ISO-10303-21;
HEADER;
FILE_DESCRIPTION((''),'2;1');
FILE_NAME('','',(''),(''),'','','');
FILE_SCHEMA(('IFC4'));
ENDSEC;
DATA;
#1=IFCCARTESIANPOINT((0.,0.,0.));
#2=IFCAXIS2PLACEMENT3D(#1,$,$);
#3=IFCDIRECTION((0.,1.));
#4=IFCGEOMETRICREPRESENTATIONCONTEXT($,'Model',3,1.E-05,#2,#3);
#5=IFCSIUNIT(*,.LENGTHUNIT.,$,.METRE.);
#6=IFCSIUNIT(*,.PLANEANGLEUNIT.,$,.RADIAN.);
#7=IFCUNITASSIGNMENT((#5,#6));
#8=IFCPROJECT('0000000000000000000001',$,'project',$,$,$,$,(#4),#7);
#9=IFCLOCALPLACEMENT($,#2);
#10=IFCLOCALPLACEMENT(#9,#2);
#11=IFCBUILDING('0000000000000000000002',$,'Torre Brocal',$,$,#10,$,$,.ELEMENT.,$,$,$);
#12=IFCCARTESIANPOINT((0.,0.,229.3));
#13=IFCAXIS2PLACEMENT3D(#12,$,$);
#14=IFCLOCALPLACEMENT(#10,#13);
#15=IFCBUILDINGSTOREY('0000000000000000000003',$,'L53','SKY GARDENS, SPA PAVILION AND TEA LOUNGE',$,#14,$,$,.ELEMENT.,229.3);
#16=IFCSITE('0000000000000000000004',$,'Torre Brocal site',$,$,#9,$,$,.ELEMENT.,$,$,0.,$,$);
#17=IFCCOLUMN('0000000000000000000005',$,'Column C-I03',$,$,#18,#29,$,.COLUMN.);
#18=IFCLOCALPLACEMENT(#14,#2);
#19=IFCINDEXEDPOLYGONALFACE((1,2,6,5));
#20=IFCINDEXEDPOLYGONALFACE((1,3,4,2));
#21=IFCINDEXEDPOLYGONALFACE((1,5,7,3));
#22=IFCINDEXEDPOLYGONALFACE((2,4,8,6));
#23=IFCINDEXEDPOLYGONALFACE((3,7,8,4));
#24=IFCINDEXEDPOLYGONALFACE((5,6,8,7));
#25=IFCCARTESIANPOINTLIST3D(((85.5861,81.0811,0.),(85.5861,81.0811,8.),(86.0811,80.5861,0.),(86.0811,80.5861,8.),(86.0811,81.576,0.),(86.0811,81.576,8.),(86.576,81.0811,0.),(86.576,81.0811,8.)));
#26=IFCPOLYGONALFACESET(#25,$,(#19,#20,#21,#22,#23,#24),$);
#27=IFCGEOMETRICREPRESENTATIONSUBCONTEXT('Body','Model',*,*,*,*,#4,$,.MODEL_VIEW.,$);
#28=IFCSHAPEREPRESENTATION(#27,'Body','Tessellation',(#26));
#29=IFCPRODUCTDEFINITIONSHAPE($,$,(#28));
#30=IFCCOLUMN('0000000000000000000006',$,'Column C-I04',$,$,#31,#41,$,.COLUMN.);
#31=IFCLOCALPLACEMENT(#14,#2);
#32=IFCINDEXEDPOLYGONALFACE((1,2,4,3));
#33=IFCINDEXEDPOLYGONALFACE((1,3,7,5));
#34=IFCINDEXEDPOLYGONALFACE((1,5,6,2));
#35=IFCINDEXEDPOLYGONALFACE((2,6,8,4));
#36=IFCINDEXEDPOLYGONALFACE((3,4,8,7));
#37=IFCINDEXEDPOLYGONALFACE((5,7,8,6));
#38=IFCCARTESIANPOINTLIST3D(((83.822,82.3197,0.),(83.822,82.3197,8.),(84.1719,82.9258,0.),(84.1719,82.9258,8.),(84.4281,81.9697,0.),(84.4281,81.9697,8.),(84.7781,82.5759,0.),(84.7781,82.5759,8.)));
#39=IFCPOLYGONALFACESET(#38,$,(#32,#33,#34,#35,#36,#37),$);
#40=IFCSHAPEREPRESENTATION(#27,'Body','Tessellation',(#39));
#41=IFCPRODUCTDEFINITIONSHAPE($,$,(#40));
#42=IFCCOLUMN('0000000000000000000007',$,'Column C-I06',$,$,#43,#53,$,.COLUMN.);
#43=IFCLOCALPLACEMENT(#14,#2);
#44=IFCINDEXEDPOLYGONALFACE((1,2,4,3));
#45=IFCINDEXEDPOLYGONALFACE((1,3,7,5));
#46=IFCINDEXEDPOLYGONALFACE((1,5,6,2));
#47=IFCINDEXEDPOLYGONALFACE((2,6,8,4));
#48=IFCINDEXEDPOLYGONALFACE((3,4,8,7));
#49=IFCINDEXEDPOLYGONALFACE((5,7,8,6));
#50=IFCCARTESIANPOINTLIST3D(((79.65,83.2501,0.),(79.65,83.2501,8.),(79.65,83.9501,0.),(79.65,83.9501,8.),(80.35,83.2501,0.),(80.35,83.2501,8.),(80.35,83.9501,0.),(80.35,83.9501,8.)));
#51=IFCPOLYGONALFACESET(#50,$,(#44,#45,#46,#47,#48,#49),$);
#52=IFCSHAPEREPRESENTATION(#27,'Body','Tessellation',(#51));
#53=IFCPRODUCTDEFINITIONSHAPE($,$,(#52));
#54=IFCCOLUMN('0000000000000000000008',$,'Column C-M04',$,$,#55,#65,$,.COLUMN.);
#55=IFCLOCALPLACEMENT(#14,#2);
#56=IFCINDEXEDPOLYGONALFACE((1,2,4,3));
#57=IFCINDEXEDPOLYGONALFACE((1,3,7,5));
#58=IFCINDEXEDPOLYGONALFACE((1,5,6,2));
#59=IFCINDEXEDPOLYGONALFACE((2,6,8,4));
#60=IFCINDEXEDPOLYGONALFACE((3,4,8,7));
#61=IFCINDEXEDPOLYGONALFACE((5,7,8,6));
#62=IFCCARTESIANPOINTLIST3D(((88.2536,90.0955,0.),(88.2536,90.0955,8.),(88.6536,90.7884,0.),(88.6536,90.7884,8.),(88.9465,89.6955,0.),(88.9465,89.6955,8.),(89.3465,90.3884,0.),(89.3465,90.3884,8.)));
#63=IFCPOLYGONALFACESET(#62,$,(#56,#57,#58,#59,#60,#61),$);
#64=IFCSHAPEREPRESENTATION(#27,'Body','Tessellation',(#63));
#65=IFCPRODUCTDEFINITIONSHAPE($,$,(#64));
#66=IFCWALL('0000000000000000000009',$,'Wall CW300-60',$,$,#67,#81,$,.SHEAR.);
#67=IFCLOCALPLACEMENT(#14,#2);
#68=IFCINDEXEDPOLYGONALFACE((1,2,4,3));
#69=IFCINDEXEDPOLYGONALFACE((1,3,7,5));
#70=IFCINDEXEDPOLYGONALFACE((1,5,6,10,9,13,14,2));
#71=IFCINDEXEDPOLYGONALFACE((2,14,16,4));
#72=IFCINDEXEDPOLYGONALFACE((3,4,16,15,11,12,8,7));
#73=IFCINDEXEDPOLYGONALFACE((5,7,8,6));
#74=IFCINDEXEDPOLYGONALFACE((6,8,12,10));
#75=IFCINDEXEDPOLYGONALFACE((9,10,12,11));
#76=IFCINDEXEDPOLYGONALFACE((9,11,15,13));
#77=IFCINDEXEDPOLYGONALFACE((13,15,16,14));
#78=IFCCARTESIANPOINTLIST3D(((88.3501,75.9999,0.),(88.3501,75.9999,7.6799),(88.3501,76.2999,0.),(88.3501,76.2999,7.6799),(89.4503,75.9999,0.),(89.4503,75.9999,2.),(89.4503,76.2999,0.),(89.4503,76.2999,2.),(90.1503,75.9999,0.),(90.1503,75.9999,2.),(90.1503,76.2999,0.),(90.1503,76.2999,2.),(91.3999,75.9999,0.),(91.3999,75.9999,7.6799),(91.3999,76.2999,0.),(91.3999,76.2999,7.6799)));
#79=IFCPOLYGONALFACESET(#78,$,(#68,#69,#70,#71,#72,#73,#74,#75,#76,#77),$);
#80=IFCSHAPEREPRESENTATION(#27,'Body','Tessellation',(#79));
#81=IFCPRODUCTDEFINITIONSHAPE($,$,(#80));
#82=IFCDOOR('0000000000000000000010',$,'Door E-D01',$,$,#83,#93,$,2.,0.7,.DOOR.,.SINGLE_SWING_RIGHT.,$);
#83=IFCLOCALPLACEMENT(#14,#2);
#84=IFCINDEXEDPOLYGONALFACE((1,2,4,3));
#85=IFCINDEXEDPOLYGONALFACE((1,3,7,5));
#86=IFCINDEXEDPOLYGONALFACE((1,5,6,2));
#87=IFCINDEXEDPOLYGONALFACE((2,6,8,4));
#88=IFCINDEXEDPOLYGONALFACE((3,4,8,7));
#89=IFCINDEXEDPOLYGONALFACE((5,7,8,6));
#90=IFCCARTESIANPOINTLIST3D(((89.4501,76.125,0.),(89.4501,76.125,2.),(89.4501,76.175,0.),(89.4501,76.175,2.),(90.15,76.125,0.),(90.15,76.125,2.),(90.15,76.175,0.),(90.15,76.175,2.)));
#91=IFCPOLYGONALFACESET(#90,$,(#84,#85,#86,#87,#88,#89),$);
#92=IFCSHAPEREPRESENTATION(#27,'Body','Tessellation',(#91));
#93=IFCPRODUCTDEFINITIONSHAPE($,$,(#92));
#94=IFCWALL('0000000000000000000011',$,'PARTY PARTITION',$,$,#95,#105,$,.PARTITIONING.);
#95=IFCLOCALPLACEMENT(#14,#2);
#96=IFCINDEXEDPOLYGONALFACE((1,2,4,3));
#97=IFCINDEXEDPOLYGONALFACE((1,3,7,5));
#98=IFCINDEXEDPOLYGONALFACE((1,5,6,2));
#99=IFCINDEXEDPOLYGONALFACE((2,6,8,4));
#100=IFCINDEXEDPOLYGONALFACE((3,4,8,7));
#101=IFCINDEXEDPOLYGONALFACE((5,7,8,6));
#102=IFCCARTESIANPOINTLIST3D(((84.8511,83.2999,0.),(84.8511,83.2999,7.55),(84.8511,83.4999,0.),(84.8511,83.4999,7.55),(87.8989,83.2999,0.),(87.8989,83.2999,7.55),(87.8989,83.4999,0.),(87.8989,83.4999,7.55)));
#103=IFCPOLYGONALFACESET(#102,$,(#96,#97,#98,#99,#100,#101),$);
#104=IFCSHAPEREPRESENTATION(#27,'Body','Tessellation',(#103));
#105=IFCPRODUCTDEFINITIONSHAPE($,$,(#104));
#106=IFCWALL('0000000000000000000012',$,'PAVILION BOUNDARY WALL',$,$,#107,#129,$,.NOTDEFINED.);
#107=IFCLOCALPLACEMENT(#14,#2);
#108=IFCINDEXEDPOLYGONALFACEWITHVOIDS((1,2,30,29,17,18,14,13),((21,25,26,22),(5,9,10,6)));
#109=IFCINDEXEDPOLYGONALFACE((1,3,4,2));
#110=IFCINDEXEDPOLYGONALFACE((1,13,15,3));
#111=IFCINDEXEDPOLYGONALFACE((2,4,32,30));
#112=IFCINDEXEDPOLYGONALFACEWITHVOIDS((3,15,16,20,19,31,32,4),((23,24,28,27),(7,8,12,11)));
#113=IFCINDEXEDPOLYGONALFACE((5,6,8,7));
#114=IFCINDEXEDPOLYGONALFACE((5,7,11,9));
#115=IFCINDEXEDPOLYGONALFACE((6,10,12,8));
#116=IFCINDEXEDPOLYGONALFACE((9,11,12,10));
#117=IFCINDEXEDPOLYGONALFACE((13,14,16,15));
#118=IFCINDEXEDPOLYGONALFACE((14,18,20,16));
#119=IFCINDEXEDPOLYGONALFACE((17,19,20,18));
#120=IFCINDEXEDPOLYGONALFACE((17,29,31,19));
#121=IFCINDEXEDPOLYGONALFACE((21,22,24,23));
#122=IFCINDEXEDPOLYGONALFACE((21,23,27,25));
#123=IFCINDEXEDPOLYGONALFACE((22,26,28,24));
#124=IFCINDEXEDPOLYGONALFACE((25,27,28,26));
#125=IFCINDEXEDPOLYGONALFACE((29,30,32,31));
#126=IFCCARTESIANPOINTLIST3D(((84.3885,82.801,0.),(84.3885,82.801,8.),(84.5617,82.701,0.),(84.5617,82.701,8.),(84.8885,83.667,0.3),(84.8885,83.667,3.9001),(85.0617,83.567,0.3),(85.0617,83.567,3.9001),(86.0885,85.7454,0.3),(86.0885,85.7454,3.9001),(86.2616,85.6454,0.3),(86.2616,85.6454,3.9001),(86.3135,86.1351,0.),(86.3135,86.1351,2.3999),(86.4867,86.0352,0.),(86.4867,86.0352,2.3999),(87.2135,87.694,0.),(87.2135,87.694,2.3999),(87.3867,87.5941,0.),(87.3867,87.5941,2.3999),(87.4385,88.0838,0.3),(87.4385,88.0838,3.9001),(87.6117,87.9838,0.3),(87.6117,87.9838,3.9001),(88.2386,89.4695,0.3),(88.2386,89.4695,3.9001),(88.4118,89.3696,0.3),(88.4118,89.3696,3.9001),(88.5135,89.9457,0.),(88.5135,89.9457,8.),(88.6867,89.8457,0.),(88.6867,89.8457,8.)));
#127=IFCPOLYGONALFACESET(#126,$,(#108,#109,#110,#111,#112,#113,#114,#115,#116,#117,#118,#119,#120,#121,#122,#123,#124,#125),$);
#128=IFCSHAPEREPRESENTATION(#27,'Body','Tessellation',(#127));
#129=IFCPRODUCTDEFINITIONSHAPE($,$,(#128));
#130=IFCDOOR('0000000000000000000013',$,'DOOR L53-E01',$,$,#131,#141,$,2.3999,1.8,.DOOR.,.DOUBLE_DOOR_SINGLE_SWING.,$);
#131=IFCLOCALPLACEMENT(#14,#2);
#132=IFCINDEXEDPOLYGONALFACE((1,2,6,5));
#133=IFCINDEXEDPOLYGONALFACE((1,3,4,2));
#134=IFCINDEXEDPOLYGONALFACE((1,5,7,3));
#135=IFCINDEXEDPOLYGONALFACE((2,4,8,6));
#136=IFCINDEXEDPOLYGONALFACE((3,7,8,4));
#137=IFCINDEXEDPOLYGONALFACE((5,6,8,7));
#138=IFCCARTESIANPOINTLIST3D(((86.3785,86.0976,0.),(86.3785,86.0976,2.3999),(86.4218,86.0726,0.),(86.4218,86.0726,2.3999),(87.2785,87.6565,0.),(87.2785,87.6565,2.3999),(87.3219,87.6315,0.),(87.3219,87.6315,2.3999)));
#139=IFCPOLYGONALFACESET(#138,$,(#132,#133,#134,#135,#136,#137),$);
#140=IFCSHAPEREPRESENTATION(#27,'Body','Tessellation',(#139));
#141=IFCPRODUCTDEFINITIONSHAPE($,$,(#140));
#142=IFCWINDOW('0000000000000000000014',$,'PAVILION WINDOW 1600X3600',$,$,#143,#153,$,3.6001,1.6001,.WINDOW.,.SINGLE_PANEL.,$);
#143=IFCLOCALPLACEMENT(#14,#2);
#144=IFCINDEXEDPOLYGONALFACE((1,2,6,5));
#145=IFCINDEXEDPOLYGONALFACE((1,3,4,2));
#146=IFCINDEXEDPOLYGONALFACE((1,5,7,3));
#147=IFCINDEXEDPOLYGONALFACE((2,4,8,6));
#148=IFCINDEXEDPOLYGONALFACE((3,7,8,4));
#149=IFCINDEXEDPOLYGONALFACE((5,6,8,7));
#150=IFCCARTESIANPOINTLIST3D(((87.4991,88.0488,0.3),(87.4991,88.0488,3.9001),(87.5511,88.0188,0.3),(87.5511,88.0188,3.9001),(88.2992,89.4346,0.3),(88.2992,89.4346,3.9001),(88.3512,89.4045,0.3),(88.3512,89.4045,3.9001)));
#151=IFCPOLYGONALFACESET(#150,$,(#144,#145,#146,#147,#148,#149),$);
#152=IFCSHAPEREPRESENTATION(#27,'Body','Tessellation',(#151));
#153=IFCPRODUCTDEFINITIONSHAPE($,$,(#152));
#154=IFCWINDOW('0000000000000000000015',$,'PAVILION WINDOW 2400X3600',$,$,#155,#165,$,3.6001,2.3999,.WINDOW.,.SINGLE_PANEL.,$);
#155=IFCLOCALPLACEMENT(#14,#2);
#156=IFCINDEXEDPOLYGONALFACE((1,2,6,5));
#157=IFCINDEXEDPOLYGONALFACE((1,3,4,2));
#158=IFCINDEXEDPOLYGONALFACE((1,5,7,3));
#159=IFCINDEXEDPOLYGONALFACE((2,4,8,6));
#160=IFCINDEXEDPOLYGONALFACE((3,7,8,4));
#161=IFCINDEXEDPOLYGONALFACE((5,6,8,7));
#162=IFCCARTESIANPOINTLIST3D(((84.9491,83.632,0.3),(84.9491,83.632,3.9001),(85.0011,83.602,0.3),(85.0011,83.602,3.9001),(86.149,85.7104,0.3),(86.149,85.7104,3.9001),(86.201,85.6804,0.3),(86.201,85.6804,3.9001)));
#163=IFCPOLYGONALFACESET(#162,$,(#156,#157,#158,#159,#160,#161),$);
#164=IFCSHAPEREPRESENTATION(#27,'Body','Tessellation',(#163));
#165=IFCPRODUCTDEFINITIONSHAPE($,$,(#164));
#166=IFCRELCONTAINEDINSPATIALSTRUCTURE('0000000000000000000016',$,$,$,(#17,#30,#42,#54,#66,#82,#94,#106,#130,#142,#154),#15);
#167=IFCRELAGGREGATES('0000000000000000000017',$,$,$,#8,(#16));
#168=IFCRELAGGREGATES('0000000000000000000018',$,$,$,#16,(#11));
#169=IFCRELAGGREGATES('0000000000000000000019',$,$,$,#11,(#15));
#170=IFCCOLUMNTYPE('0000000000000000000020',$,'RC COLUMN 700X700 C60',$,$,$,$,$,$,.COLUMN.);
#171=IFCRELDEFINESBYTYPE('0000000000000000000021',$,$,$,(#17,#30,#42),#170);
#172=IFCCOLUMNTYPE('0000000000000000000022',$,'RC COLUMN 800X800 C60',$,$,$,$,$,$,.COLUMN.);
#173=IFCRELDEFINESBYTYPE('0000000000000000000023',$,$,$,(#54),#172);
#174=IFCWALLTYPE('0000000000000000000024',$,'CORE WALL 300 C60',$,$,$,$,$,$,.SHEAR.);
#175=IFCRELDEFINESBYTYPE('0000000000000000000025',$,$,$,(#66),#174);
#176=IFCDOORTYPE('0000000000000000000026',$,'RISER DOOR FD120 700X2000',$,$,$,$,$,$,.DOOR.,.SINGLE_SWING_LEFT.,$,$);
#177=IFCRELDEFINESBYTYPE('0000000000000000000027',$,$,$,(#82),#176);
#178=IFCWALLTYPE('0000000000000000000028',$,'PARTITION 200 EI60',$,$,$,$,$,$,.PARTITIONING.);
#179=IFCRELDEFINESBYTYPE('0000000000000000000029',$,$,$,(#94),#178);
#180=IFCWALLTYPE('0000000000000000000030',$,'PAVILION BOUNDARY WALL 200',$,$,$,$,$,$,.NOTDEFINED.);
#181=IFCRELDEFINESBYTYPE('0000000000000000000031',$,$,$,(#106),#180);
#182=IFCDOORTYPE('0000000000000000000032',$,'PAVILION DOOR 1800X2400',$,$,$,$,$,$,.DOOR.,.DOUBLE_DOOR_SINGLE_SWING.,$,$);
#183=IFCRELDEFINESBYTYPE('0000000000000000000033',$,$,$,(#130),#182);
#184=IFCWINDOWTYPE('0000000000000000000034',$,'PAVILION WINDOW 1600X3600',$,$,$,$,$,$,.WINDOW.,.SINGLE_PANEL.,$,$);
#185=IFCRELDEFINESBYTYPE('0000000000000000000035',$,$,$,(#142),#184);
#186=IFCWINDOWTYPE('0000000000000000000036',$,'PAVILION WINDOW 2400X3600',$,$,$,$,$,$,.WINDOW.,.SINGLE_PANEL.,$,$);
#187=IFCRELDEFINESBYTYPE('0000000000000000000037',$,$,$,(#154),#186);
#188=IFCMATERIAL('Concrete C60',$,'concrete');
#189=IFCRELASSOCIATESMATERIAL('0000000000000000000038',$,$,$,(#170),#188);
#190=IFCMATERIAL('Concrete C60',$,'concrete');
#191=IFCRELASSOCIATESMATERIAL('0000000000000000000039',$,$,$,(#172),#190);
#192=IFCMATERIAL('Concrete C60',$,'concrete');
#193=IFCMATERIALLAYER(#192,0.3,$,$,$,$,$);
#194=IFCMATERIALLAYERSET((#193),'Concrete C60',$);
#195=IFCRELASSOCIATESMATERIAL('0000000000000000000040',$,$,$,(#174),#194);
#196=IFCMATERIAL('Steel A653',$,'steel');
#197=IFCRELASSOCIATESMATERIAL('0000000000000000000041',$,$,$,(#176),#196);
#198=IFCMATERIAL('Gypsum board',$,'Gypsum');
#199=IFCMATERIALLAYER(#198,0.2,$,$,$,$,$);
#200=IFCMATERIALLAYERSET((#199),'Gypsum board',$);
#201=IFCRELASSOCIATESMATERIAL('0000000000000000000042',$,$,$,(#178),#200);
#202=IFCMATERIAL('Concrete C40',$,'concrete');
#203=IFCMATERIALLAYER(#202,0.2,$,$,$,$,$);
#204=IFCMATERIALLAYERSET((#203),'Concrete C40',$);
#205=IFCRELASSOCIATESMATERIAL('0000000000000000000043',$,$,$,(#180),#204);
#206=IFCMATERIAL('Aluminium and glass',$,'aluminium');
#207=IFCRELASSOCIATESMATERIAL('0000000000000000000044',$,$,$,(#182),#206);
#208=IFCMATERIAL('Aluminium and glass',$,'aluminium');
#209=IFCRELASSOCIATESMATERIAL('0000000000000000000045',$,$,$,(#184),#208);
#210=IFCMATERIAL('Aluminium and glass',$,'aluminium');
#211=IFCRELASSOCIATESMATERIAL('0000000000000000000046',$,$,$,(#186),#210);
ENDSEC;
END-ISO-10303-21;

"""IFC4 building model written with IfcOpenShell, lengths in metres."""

from ifc_helpers import new_model, si_unit, direction, frame, frame_2d, origin, origin_2d, place, context, subcontext, project, spatial, rectangle, extrude, material, layer, layer_set, material_profile, profile_set, type_object, element, fill, save


model = new_model("IFC4")

# Units and contexts
model_context = context("Model", 3, precision=1e-05, world=origin(), true_north=direction((0.0, 1.0)))
body_context = subcontext(model_context, "Body", "Model", "MODEL_VIEW")
ifc_project = project(units=[si_unit("LENGTHUNIT", "METRE"), si_unit("PLANEANGLEUNIT", "RADIAN")], contexts=[model_context])

# Site, building, storey
site_placement = place(None, origin())
site = spatial("IfcSite", under=ifc_project, at=site_placement, Name="Torre Brocal site", CompositionType="ELEMENT", RefElevation=0.0)
building_placement = place(site_placement, origin())
building = spatial("IfcBuilding", under=site, at=building_placement, Name="Torre Brocal", CompositionType="ELEMENT")
storey_placement = place(building_placement, frame((0.0, 0.0, 229.3)))
storey = spatial("IfcBuildingStorey", under=building, at=storey_placement, Name="L53", Description="SKY GARDENS, SPA PAVILION AND TEA LOUNGE", CompositionType="ELEMENT", Elevation=229.3)

# Columns
ifc_material_1 = material(Name="Concrete C60", Category="concrete")
ifc_material_profile_1 = material_profile(ifc_material_1, rectangle(XDim=0.7, YDim=0.7, at=origin_2d()), Name="RC 700X700")
ifc_profile_set_1 = profile_set([ifc_material_profile_1], Name="Concrete C60")
column_type_1 = type_object("IfcColumnType", Name="RC COLUMN 700X700 C60", PredefinedType="COLUMN", material=ifc_profile_set_1)
for number, where, z_axis, x_axis, name in (
    (1, (86.0811, 81.0811, 0.0), (0.0, 0.0, 1.0), (0.707107, 0.707107, 0.0), "Column C-I03"),
    (2, (84.3, 82.4478, 0.0), (0.0, 0.0, 1.0), (0.5, 0.866025, 0.0), "Column C-I04"),
    (3, (80.0, 83.6001, 0.0), (0.0, 0.0, 1.0), (0.0, 1.0, 0.0), "Column C-I06"),
):
    element("IfcColumn", number, at=place(storey_placement, frame(where, z_axis=z_axis, x_axis=x_axis)), inside=storey, type_object=column_type_1, Name=name, PredefinedType="COLUMN", context=body_context, shape_type="SweptSolid", body=[
        extrude(rectangle(XDim=0.7, YDim=0.7, at=origin_2d()), origin(), (0.0, 0.0, 1.0), 8.0),
    ])
ifc_material_2 = material(Name="Concrete C60", Category="concrete")
ifc_material_profile_2 = material_profile(ifc_material_2, rectangle(XDim=0.8, YDim=0.8, at=origin_2d()), Name="RC 800X800")
ifc_profile_set_2 = profile_set([ifc_material_profile_2], Name="Concrete C60")
column_type_2 = type_object("IfcColumnType", Name="RC COLUMN 800X800 C60", PredefinedType="COLUMN", material=ifc_profile_set_2)
column_placement = place(storey_placement, frame((88.8, 90.2419, 0.0), z_axis=(0.0, 0.0, 1.0), x_axis=(0.5, 0.866025, 0.0)))
element("IfcColumn", 4, at=column_placement, inside=storey, type_object=column_type_2, Name="Column C-M04", PredefinedType="COLUMN", context=body_context, shape_type="SweptSolid", body=[
    extrude(rectangle(XDim=0.8, YDim=0.8, at=origin_2d()), origin(), (0.0, 0.0, 1.0), 8.0),
])

# Wall, opening, door
ifc_material_3 = material(Name="Concrete C60", Category="concrete")
ifc_layer_1 = layer(ifc_material_3, 0.3)
ifc_layer_set_1 = layer_set([ifc_layer_1], Name="Concrete C60")
wall_type_1 = type_object("IfcWallType", Name="CORE WALL 300 C60", PredefinedType="SHEAR", material=ifc_layer_set_1)
wall_1_placement = place(storey_placement, frame((88.3501, 76.1499, 0.0), z_axis=(0.0, 0.0, 1.0), x_axis=(1.0, 0.0, 0.0)))
wall_1 = element("IfcWall", 5, at=wall_1_placement, inside=storey, type_object=wall_type_1, Name="Wall CW300-60", PredefinedType="SHEAR", context=body_context, shape_type="SweptSolid", body=[
    extrude(rectangle(XDim=3.0498, YDim=0.3, at=frame_2d((1.5249, 0.0))), origin(), (0.0, 0.0, 1.0), 7.6799),
])
opening_1_placement = place(wall_1_placement, frame((1.1001, 0.0, 0.0)))
opening_1 = element("IfcOpeningElement", 6, at=opening_1_placement, cuts=wall_1, PredefinedType="OPENING", context=body_context, shape_type="SweptSolid", body=[
    extrude(rectangle(XDim=0.7, YDim=2.0, at=frame_2d((0.3501, 1.0))), frame((0.0, 0.1599, 0.0), z_axis=(0.0, -1.0, 0.0), x_axis=(1.0, 0.0, 0.0)), (0.0, 0.0, 1.0), 0.3201),
])
ifc_material_4 = material(Name="Steel A653", Category="steel")
door_type_1 = type_object("IfcDoorType", Name="RISER DOOR FD120 700X2000", OperationType="SINGLE_SWING_LEFT", PredefinedType="DOOR", material=ifc_material_4)
door_1_placement = place(opening_1_placement, frame((0.7, 0.0, 0.0), z_axis=(0.0, 0.0, 1.0), x_axis=(-1.0, 0.0, 0.0)))
door_1 = element("IfcDoor", 7, at=door_1_placement, inside=storey, type_object=door_type_1, Name="Door E-D01", OperationType="SINGLE_SWING_RIGHT", OverallHeight=2.0, OverallWidth=0.7, PredefinedType="DOOR", context=body_context, shape_type="SweptSolid", body=[
    extrude(rectangle(XDim=0.7, YDim=2.0, at=frame_2d((0.3501, 1.0))), frame((0.0, 0.0249, 0.0), z_axis=(0.0, -1.0, 0.0), x_axis=(1.0, 0.0, 0.0)), (0.0, 0.0, 1.0), 0.05),
])
fill(opening_1, door_1)

# Wall
ifc_material_5 = material(Name="Gypsum board", Category="Gypsum")
ifc_layer_2 = layer(ifc_material_5, 0.2)
ifc_layer_set_2 = layer_set([ifc_layer_2], Name="Gypsum board")
wall_type_2 = type_object("IfcWallType", Name="PARTITION 200 EI60", PredefinedType="PARTITIONING", material=ifc_layer_set_2)
wall_2_placement = place(storey_placement, frame((84.8511, 83.3999, 0.0), z_axis=(0.0, 0.0, 1.0), x_axis=(1.0, 0.0, 0.0)))
element("IfcWall", 8, at=wall_2_placement, inside=storey, type_object=wall_type_2, Name="PARTY PARTITION", PredefinedType="PARTITIONING", context=body_context, shape_type="SweptSolid", body=[
    extrude(rectangle(XDim=3.0479, YDim=0.2, at=frame_2d((1.5239, 0.0))), origin(), (0.0, 0.0, 1.0), 7.55),
])

# Wall, openings, door, windows
ifc_material_6 = material(Name="Concrete C40", Category="concrete")
ifc_layer_3 = layer(ifc_material_6, 0.2)
ifc_layer_set_3 = layer_set([ifc_layer_3], Name="Concrete C40")
wall_type_3 = type_object("IfcWallType", Name="PAVILION BOUNDARY WALL 200", PredefinedType="NOTDEFINED", material=ifc_layer_set_3)
wall_3_placement = place(storey_placement, frame((84.4751, 82.751, 0.0), z_axis=(0.0, 0.0, 1.0), x_axis=(0.499997, 0.866027, 0.0)))
wall_3 = element("IfcWall", 9, at=wall_3_placement, inside=storey, type_object=wall_type_3, Name="PAVILION BOUNDARY WALL", PredefinedType="NOTDEFINED", context=body_context, shape_type="SweptSolid", body=[
    extrude(rectangle(XDim=8.25, YDim=0.2, at=frame_2d((4.125, 0.0))), origin(), (0.0, 0.0, 1.0), 8.0),
])
opening_2_placement = place(wall_3_placement, frame((1.0, 0.0, 0.3)))
opening_2 = element("IfcOpeningElement", 10, at=opening_2_placement, cuts=wall_3, PredefinedType="OPENING", context=body_context, shape_type="SweptSolid", body=[
    extrude(rectangle(XDim=2.3999, YDim=3.6001, at=frame_2d((1.2, 1.8))), frame((0.0, 0.1099, 0.0), z_axis=(0.0, -1.0, 0.0), x_axis=(1.0, 0.0, 0.0)), (0.0, 0.0, 1.0), 0.22),
])
opening_3_placement = place(wall_3_placement, frame((3.8501, 0.0, 0.0)))
opening_3 = element("IfcOpeningElement", 11, at=opening_3_placement, cuts=wall_3, PredefinedType="OPENING", context=body_context, shape_type="SweptSolid", body=[
    extrude(rectangle(XDim=1.8, YDim=2.3999, at=frame_2d((0.8999, 1.2))), frame((0.0, 0.1099, 0.0), z_axis=(0.0, -1.0, 0.0), x_axis=(1.0, 0.0, 0.0)), (0.0, 0.0, 1.0), 0.22),
])
opening_4_placement = place(wall_3_placement, frame((6.1001, 0.0, 0.3)))
opening_4 = element("IfcOpeningElement", 12, at=opening_4_placement, cuts=wall_3, PredefinedType="OPENING", context=body_context, shape_type="SweptSolid", body=[
    extrude(rectangle(XDim=1.6001, YDim=3.6001, at=frame_2d((0.8, 1.8))), frame((0.0, 0.1099, 0.0), z_axis=(0.0, -1.0, 0.0), x_axis=(1.0, 0.0, 0.0)), (0.0, 0.0, 1.0), 0.22),
])
ifc_material_7 = material(Name="Aluminium and glass", Category="aluminium")
door_type_2 = type_object("IfcDoorType", Name="PAVILION DOOR 1800X2400", OperationType="DOUBLE_DOOR_SINGLE_SWING", PredefinedType="DOOR", material=ifc_material_7)
door_2_placement = place(opening_3_placement, origin())
door_2 = element("IfcDoor", 13, at=door_2_placement, inside=storey, type_object=door_type_2, Name="DOOR L53-E01", OperationType="DOUBLE_DOOR_SINGLE_SWING", OverallHeight=2.3999, OverallWidth=1.8, PredefinedType="DOOR", context=body_context, shape_type="SweptSolid", body=[
    extrude(rectangle(XDim=1.8, YDim=2.3999, at=frame_2d((0.8999, 1.2))), frame((0.0, 0.0249, 0.0), z_axis=(0.0, -1.0, 0.0), x_axis=(1.0, 0.0, 0.0)), (0.0, 0.0, 1.0), 0.05),
])
fill(opening_3, door_2)
ifc_material_8 = material(Name="Aluminium and glass", Category="aluminium")
window_type_1 = type_object("IfcWindowType", Name="PAVILION WINDOW 1600X3600", PartitioningType="SINGLE_PANEL", PredefinedType="WINDOW", material=ifc_material_8)
window_1_placement = place(opening_4_placement, origin())
window_1 = element("IfcWindow", 14, at=window_1_placement, inside=storey, type_object=window_type_1, Name="PAVILION WINDOW 1600X3600", OverallHeight=3.6001, OverallWidth=1.6001, PartitioningType="SINGLE_PANEL", PredefinedType="WINDOW", context=body_context, shape_type="SweptSolid", body=[
    extrude(rectangle(XDim=1.6001, YDim=3.6001, at=frame_2d((0.8, 1.8))), frame((0.0, 0.03, 0.0), z_axis=(0.0, -1.0, 0.0), x_axis=(1.0, 0.0, 0.0)), (0.0, 0.0, 1.0), 0.0601),
])
fill(opening_4, window_1)
ifc_material_9 = material(Name="Aluminium and glass", Category="aluminium")
window_type_2 = type_object("IfcWindowType", Name="PAVILION WINDOW 2400X3600", PartitioningType="SINGLE_PANEL", PredefinedType="WINDOW", material=ifc_material_9)
window_2_placement = place(opening_2_placement, origin())
window_2 = element("IfcWindow", 15, at=window_2_placement, inside=storey, type_object=window_type_2, Name="PAVILION WINDOW 2400X3600", OverallHeight=3.6001, OverallWidth=2.3999, PartitioningType="SINGLE_PANEL", PredefinedType="WINDOW", context=body_context, shape_type="SweptSolid", body=[
    extrude(rectangle(XDim=2.3999, YDim=3.6001, at=frame_2d((1.2, 1.8))), frame((0.0, 0.03, 0.0), z_axis=(0.0, -1.0, 0.0), x_axis=(1.0, 0.0, 0.0)), (0.0, 0.0, 1.0), 0.0601),
])
fill(opening_2, window_2)

save(model, "model.ifc")
